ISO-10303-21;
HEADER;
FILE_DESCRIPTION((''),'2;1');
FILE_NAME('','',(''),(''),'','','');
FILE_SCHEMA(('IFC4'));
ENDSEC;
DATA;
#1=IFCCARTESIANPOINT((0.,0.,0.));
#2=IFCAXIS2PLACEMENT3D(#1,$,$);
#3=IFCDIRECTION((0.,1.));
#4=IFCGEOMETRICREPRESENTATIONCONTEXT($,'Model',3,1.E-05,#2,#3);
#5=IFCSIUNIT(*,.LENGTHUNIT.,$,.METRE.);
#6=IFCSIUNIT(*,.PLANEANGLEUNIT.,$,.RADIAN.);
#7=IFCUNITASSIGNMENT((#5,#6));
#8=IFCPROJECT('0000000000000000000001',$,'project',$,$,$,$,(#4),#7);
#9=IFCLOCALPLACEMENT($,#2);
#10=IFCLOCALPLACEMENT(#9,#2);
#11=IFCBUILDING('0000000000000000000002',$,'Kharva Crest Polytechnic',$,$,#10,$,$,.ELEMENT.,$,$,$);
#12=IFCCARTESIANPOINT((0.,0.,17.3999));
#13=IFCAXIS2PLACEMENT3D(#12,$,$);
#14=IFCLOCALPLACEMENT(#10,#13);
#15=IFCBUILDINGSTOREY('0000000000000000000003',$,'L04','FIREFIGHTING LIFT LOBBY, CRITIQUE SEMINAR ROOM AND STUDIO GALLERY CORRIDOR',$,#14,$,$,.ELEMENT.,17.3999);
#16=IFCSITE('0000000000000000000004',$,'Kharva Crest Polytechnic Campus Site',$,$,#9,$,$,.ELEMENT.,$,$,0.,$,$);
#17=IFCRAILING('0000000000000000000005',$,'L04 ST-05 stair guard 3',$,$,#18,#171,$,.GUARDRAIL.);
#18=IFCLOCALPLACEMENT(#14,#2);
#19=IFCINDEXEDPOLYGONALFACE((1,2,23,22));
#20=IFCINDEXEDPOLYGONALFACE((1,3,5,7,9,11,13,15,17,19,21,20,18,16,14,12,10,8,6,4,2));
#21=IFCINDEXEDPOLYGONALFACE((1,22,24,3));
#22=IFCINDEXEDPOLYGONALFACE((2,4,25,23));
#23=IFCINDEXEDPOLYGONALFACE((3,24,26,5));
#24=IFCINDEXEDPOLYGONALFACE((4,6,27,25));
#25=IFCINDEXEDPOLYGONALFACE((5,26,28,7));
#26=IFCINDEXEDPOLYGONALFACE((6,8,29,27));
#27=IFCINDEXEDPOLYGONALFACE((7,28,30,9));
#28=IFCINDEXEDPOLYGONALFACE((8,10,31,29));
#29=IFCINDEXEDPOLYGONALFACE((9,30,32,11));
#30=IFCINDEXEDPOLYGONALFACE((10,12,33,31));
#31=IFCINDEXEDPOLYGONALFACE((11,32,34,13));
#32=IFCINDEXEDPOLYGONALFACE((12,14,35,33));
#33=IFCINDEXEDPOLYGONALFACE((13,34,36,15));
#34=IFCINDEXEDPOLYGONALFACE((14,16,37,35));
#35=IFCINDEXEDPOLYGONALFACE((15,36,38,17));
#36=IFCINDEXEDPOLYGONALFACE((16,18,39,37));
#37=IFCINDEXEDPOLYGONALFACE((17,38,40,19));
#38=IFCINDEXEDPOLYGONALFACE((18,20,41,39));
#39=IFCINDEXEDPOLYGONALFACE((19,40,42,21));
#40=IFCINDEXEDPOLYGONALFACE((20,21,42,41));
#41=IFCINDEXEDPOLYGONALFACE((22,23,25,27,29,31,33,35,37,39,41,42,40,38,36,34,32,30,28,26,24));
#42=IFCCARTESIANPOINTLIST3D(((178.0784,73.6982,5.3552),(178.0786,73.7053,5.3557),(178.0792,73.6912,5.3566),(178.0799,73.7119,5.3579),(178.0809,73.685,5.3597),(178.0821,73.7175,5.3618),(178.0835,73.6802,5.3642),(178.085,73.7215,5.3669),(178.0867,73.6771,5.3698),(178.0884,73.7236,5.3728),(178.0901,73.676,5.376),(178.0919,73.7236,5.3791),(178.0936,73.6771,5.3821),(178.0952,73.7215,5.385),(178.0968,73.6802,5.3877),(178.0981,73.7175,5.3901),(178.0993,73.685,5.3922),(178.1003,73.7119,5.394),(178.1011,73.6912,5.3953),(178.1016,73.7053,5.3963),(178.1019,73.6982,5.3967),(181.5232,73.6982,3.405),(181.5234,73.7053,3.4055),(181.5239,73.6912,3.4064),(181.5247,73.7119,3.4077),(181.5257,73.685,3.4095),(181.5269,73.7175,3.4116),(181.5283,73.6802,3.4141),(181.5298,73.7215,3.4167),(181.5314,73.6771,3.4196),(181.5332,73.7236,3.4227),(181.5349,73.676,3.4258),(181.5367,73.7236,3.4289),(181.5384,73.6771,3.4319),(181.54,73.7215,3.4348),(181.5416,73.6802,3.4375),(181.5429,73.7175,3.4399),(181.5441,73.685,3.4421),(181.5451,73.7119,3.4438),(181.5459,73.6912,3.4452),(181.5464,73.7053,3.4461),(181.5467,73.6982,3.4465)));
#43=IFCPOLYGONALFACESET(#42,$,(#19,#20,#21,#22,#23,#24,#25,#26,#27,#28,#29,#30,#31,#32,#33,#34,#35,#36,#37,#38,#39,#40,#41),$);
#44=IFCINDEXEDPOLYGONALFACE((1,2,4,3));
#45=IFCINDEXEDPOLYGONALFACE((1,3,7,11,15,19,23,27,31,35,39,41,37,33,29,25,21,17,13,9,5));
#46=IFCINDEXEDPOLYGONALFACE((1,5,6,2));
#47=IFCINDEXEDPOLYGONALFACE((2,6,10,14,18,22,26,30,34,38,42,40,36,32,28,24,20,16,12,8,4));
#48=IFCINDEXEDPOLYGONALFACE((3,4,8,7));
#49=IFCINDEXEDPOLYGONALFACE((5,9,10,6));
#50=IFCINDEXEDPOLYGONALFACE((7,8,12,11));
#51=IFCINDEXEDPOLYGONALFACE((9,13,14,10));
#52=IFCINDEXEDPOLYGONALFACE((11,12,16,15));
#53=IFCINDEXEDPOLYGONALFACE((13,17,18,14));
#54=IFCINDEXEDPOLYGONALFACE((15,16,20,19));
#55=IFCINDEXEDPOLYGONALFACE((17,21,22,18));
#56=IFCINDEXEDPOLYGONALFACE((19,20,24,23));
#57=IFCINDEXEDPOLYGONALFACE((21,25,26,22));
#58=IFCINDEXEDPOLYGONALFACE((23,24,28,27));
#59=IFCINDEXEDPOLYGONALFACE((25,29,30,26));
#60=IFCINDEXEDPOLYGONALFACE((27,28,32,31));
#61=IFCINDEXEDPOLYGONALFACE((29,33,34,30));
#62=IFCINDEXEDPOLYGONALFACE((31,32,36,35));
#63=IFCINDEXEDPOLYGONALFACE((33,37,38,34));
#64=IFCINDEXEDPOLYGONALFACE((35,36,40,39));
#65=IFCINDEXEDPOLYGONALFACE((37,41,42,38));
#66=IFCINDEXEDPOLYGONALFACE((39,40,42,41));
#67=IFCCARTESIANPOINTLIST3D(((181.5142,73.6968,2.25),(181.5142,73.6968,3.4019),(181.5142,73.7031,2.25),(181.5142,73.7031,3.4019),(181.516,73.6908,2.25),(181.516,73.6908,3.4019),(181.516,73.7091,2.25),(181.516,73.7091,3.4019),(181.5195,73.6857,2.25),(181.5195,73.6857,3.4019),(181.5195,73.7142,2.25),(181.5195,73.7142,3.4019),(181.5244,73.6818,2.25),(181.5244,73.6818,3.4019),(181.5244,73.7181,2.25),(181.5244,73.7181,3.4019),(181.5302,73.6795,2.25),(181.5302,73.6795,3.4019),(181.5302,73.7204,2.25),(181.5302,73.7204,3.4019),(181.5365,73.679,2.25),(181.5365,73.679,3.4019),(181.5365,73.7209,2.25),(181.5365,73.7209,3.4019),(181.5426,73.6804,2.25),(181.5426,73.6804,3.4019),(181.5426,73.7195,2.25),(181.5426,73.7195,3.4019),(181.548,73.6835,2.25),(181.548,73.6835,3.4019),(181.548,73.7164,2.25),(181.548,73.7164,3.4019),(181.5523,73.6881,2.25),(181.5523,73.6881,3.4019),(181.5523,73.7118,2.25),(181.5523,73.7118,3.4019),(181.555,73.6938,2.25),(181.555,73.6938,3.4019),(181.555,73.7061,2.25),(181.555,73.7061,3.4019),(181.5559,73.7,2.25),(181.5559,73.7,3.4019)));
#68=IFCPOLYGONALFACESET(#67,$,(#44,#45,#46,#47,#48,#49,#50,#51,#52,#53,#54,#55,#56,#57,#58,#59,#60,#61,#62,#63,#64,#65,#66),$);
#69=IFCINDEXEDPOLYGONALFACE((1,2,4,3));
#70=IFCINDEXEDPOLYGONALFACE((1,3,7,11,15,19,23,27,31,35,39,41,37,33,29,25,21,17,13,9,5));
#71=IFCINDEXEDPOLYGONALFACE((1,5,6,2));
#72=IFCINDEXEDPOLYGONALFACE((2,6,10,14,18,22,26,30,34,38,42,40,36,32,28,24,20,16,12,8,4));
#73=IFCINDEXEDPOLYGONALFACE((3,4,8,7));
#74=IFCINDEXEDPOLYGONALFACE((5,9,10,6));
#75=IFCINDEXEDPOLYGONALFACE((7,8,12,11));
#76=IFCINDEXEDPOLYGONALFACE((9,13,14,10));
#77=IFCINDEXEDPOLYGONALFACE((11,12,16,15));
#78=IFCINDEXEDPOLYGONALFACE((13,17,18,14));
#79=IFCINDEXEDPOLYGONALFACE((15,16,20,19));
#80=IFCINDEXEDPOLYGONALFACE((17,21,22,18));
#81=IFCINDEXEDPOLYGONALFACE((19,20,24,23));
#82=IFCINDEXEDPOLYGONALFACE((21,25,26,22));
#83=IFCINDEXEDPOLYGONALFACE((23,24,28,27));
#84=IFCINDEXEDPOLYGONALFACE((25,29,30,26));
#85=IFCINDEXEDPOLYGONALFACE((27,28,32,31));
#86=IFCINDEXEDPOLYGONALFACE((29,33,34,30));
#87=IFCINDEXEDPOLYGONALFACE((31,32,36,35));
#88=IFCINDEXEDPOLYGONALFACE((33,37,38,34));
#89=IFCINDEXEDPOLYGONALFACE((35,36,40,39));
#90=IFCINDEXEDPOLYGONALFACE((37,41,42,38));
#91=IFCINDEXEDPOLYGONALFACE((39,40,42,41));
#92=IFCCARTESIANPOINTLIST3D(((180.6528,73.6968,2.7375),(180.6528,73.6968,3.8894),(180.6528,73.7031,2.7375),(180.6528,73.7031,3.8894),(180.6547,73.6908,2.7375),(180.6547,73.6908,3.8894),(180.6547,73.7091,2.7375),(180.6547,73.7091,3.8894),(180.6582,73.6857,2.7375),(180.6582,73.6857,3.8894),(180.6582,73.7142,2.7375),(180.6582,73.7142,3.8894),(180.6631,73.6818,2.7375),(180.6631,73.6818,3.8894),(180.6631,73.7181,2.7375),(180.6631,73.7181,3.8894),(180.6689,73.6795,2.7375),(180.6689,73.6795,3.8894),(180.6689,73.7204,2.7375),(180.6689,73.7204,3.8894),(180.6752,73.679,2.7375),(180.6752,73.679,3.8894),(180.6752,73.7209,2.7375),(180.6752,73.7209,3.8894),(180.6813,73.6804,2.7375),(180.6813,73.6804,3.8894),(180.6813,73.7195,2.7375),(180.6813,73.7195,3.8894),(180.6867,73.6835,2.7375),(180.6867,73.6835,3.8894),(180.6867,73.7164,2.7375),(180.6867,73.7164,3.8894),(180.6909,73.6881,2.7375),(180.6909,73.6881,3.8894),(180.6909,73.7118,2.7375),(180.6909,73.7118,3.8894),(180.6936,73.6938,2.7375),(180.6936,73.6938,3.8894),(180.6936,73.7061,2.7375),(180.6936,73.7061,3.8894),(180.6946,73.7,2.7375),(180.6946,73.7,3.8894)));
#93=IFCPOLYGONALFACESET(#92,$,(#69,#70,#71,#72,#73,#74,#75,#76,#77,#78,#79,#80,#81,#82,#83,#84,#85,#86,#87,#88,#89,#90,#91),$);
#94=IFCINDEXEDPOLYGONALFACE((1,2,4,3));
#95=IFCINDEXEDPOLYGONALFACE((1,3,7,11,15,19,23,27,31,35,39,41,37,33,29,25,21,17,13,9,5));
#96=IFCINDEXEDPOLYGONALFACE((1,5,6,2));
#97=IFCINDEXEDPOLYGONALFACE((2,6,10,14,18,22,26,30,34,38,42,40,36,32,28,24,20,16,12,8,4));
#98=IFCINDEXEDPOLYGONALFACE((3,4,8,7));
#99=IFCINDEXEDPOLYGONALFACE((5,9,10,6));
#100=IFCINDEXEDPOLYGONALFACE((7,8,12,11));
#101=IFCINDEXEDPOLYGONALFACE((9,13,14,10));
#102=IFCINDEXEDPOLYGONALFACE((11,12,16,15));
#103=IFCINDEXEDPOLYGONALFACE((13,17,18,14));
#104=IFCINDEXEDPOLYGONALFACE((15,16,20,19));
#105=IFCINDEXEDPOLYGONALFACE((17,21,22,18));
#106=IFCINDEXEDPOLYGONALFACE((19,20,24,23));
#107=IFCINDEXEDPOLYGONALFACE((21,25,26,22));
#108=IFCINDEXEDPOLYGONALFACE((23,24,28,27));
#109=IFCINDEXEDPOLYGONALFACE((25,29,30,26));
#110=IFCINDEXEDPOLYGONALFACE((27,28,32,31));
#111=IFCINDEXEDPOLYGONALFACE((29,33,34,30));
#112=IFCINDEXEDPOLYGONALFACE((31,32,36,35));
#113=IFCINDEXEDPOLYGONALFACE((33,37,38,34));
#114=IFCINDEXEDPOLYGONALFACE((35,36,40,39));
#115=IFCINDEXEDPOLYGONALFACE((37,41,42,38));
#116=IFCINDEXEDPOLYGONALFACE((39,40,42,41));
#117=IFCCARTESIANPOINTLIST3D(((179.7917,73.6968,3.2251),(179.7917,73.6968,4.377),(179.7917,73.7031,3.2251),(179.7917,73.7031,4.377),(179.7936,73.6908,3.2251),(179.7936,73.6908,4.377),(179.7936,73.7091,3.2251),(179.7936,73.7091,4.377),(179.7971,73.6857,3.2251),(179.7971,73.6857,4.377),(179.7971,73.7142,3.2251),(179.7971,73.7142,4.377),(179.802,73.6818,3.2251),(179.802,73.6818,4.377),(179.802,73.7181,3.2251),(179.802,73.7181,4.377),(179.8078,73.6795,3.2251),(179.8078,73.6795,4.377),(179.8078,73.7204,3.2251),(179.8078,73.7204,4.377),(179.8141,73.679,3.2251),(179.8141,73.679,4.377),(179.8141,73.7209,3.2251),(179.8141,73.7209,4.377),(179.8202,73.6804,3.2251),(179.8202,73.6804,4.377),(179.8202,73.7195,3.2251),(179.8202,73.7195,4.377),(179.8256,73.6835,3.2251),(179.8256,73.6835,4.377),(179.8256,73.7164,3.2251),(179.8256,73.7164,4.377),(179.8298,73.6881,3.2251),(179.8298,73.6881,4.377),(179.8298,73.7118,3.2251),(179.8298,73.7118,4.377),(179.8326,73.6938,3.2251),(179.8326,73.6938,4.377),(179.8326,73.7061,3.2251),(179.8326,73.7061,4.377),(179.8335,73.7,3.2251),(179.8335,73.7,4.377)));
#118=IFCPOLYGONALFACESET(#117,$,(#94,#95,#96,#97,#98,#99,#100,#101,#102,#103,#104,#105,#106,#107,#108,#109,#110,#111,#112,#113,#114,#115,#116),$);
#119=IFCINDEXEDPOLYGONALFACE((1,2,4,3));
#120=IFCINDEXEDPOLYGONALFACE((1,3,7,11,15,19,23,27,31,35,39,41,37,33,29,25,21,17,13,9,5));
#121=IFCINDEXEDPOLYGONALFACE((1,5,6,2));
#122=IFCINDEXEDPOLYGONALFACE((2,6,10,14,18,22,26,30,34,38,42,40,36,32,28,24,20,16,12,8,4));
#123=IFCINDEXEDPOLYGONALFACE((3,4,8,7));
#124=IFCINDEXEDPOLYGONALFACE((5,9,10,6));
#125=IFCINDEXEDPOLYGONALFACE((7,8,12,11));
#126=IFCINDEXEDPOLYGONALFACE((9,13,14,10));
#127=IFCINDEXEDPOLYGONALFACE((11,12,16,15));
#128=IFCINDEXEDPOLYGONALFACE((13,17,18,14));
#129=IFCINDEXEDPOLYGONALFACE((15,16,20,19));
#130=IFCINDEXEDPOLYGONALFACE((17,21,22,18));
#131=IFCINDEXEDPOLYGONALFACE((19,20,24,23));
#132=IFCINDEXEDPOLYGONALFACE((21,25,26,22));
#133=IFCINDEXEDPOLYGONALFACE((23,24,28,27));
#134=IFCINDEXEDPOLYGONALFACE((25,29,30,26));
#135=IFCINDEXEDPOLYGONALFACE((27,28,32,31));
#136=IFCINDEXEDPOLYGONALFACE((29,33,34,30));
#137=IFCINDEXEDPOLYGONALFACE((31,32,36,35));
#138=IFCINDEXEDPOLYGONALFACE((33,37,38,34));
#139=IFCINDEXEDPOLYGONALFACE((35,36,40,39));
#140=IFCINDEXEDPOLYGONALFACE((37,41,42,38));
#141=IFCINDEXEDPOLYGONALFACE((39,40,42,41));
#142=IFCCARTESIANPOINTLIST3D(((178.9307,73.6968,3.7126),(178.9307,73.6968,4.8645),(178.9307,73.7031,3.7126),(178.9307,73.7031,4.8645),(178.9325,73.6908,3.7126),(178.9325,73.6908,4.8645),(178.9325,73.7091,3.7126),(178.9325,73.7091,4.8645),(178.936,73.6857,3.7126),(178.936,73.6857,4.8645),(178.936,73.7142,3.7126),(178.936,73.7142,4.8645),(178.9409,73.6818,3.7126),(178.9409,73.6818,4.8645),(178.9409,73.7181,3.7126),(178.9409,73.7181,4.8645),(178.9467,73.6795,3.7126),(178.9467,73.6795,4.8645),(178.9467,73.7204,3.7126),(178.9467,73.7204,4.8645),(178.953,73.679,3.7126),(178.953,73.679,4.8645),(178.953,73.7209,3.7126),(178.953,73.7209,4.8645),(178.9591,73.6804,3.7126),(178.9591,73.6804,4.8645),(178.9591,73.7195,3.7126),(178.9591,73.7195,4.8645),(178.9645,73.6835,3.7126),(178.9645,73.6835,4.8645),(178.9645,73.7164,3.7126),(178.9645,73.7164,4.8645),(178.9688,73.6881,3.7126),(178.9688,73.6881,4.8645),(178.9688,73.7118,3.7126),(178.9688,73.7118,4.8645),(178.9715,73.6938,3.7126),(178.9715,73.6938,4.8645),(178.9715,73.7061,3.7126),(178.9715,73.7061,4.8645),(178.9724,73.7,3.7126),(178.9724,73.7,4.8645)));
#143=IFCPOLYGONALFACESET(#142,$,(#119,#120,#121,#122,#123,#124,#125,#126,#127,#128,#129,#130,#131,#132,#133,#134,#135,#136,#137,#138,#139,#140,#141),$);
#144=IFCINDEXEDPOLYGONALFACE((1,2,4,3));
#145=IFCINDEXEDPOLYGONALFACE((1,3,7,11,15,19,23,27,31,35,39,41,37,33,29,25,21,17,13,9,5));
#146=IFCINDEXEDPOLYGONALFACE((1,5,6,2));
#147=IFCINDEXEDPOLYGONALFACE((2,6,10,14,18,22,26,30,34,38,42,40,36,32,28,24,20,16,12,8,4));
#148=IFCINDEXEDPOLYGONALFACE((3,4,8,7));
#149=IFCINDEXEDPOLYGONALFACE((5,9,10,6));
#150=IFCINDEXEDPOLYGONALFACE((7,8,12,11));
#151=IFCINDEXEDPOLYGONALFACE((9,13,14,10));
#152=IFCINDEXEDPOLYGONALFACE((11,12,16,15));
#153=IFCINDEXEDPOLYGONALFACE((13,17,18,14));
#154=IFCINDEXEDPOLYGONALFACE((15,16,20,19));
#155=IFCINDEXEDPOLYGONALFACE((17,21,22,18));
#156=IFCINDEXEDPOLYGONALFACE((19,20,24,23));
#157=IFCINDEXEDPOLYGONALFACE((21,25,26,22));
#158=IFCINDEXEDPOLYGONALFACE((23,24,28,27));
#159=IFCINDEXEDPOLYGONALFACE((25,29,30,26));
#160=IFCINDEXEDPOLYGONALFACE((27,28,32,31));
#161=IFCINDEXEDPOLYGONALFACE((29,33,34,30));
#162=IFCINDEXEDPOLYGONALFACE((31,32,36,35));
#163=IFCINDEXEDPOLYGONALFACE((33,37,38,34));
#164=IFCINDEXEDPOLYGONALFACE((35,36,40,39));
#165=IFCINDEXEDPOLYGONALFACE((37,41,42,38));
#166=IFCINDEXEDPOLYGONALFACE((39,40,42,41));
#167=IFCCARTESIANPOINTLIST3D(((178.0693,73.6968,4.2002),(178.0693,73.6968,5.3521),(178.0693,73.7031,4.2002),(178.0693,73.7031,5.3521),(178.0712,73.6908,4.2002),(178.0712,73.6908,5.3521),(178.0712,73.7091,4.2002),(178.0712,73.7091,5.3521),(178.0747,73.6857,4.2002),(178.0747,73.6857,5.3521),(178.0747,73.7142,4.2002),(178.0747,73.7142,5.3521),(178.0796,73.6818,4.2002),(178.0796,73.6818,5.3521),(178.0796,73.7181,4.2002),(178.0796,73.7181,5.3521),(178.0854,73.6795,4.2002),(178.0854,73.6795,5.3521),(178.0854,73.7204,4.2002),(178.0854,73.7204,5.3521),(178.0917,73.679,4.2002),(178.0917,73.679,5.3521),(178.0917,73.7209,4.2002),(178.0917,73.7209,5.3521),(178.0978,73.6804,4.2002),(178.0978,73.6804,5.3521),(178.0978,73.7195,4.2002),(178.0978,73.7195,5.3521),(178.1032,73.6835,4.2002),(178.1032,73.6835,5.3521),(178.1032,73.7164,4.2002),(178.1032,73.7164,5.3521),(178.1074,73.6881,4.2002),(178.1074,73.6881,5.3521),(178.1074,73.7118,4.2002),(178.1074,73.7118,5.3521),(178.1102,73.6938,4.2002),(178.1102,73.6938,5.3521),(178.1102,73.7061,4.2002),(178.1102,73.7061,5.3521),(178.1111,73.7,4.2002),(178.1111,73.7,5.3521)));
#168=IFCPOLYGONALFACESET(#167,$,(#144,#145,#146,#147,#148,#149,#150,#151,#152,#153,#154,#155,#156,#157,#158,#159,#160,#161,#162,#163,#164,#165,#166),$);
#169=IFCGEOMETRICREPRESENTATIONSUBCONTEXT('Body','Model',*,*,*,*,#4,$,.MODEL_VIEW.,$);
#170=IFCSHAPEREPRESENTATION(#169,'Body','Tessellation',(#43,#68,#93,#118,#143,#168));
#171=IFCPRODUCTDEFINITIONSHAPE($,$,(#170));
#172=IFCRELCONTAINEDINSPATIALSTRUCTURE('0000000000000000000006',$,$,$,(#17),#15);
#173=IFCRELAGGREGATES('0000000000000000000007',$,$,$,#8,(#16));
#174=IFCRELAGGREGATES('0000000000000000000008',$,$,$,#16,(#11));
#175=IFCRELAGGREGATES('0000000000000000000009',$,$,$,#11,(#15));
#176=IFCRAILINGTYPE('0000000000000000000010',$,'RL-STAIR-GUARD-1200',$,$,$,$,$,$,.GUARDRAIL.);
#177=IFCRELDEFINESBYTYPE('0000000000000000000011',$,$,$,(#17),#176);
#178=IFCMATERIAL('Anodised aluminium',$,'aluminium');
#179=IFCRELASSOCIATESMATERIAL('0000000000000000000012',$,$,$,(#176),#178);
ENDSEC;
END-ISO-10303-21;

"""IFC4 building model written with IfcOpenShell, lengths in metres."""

from ifc_helpers import new_model, si_unit, direction, frame, origin, origin_2d, place, context, subcontext, project, spatial, circle, extrude, material, type_object, element, save


model = new_model("IFC4")

# Units and contexts
model_context = context("Model", 3, precision=1e-05, world=origin(), true_north=direction((0.0, 1.0)))
body_context = subcontext(model_context, "Body", "Model", "MODEL_VIEW")
ifc_project = project(units=[si_unit("LENGTHUNIT", "METRE"), si_unit("PLANEANGLEUNIT", "RADIAN")], contexts=[model_context])

# Site, building, storey
site_placement = place(None, origin())
site = spatial("IfcSite", under=ifc_project, at=site_placement, Name="Kharva Crest Polytechnic Campus Site", CompositionType="ELEMENT", RefElevation=0.0)
building_placement = place(site_placement, origin())
building = spatial("IfcBuilding", under=site, at=building_placement, Name="Kharva Crest Polytechnic", CompositionType="ELEMENT")
storey_placement = place(building_placement, frame((0.0, 0.0, 17.3999)))
storey = spatial("IfcBuildingStorey", under=building, at=storey_placement, Name="L04", Description="FIREFIGHTING LIFT LOBBY, CRITIQUE SEMINAR ROOM AND STUDIO GALLERY CORRIDOR", CompositionType="ELEMENT", Elevation=17.3999)

# Railing
ifc_material_1 = material(Name="Anodised aluminium", Category="aluminium")
railing_type_1 = type_object("IfcRailingType", Name="RL-STAIR-GUARD-1200", PredefinedType="GUARDRAIL", material=ifc_material_1)
railing_1_placement = place(storey_placement, frame((181.5349, 73.7, 2.25)))
element("IfcRailing", 1, at=railing_1_placement, inside=storey, type_object=railing_type_1, Name="L04 ST-05 stair guard 3", PredefinedType="GUARDRAIL", context=body_context, shape_type="SweptSolid", body=[
    extrude(circle(Radius=0.0239, at=origin_2d()), frame((0.0, 0.0, 1.1758), z_axis=(-0.870225, 0.0, 0.492655), x_axis=(0.0, -1.0, 0.0)), (0.0, 0.0, 1.0), 3.9585),
    extrude(circle(Radius=0.021, at=origin_2d()), origin(), (0.0, 0.0, 1.0), 1.1519),
    extrude(circle(Radius=0.021, at=origin_2d()), frame((-0.8613, 0.0, 0.4875)), (0.0, 0.0, 1.0), 1.1519),
    extrude(circle(Radius=0.021, at=origin_2d()), frame((-1.7224, 0.0, 0.9751)), (0.0, 0.0, 1.0), 1.1519),
    extrude(circle(Radius=0.021, at=origin_2d()), frame((-2.5835, 0.0, 1.4626)), (0.0, 0.0, 1.0), 1.1519),
    extrude(circle(Radius=0.021, at=origin_2d()), frame((-3.4448, 0.0, 1.9502)), (0.0, 0.0, 1.0), 1.1519),
])

save(model, "model.ifc")
